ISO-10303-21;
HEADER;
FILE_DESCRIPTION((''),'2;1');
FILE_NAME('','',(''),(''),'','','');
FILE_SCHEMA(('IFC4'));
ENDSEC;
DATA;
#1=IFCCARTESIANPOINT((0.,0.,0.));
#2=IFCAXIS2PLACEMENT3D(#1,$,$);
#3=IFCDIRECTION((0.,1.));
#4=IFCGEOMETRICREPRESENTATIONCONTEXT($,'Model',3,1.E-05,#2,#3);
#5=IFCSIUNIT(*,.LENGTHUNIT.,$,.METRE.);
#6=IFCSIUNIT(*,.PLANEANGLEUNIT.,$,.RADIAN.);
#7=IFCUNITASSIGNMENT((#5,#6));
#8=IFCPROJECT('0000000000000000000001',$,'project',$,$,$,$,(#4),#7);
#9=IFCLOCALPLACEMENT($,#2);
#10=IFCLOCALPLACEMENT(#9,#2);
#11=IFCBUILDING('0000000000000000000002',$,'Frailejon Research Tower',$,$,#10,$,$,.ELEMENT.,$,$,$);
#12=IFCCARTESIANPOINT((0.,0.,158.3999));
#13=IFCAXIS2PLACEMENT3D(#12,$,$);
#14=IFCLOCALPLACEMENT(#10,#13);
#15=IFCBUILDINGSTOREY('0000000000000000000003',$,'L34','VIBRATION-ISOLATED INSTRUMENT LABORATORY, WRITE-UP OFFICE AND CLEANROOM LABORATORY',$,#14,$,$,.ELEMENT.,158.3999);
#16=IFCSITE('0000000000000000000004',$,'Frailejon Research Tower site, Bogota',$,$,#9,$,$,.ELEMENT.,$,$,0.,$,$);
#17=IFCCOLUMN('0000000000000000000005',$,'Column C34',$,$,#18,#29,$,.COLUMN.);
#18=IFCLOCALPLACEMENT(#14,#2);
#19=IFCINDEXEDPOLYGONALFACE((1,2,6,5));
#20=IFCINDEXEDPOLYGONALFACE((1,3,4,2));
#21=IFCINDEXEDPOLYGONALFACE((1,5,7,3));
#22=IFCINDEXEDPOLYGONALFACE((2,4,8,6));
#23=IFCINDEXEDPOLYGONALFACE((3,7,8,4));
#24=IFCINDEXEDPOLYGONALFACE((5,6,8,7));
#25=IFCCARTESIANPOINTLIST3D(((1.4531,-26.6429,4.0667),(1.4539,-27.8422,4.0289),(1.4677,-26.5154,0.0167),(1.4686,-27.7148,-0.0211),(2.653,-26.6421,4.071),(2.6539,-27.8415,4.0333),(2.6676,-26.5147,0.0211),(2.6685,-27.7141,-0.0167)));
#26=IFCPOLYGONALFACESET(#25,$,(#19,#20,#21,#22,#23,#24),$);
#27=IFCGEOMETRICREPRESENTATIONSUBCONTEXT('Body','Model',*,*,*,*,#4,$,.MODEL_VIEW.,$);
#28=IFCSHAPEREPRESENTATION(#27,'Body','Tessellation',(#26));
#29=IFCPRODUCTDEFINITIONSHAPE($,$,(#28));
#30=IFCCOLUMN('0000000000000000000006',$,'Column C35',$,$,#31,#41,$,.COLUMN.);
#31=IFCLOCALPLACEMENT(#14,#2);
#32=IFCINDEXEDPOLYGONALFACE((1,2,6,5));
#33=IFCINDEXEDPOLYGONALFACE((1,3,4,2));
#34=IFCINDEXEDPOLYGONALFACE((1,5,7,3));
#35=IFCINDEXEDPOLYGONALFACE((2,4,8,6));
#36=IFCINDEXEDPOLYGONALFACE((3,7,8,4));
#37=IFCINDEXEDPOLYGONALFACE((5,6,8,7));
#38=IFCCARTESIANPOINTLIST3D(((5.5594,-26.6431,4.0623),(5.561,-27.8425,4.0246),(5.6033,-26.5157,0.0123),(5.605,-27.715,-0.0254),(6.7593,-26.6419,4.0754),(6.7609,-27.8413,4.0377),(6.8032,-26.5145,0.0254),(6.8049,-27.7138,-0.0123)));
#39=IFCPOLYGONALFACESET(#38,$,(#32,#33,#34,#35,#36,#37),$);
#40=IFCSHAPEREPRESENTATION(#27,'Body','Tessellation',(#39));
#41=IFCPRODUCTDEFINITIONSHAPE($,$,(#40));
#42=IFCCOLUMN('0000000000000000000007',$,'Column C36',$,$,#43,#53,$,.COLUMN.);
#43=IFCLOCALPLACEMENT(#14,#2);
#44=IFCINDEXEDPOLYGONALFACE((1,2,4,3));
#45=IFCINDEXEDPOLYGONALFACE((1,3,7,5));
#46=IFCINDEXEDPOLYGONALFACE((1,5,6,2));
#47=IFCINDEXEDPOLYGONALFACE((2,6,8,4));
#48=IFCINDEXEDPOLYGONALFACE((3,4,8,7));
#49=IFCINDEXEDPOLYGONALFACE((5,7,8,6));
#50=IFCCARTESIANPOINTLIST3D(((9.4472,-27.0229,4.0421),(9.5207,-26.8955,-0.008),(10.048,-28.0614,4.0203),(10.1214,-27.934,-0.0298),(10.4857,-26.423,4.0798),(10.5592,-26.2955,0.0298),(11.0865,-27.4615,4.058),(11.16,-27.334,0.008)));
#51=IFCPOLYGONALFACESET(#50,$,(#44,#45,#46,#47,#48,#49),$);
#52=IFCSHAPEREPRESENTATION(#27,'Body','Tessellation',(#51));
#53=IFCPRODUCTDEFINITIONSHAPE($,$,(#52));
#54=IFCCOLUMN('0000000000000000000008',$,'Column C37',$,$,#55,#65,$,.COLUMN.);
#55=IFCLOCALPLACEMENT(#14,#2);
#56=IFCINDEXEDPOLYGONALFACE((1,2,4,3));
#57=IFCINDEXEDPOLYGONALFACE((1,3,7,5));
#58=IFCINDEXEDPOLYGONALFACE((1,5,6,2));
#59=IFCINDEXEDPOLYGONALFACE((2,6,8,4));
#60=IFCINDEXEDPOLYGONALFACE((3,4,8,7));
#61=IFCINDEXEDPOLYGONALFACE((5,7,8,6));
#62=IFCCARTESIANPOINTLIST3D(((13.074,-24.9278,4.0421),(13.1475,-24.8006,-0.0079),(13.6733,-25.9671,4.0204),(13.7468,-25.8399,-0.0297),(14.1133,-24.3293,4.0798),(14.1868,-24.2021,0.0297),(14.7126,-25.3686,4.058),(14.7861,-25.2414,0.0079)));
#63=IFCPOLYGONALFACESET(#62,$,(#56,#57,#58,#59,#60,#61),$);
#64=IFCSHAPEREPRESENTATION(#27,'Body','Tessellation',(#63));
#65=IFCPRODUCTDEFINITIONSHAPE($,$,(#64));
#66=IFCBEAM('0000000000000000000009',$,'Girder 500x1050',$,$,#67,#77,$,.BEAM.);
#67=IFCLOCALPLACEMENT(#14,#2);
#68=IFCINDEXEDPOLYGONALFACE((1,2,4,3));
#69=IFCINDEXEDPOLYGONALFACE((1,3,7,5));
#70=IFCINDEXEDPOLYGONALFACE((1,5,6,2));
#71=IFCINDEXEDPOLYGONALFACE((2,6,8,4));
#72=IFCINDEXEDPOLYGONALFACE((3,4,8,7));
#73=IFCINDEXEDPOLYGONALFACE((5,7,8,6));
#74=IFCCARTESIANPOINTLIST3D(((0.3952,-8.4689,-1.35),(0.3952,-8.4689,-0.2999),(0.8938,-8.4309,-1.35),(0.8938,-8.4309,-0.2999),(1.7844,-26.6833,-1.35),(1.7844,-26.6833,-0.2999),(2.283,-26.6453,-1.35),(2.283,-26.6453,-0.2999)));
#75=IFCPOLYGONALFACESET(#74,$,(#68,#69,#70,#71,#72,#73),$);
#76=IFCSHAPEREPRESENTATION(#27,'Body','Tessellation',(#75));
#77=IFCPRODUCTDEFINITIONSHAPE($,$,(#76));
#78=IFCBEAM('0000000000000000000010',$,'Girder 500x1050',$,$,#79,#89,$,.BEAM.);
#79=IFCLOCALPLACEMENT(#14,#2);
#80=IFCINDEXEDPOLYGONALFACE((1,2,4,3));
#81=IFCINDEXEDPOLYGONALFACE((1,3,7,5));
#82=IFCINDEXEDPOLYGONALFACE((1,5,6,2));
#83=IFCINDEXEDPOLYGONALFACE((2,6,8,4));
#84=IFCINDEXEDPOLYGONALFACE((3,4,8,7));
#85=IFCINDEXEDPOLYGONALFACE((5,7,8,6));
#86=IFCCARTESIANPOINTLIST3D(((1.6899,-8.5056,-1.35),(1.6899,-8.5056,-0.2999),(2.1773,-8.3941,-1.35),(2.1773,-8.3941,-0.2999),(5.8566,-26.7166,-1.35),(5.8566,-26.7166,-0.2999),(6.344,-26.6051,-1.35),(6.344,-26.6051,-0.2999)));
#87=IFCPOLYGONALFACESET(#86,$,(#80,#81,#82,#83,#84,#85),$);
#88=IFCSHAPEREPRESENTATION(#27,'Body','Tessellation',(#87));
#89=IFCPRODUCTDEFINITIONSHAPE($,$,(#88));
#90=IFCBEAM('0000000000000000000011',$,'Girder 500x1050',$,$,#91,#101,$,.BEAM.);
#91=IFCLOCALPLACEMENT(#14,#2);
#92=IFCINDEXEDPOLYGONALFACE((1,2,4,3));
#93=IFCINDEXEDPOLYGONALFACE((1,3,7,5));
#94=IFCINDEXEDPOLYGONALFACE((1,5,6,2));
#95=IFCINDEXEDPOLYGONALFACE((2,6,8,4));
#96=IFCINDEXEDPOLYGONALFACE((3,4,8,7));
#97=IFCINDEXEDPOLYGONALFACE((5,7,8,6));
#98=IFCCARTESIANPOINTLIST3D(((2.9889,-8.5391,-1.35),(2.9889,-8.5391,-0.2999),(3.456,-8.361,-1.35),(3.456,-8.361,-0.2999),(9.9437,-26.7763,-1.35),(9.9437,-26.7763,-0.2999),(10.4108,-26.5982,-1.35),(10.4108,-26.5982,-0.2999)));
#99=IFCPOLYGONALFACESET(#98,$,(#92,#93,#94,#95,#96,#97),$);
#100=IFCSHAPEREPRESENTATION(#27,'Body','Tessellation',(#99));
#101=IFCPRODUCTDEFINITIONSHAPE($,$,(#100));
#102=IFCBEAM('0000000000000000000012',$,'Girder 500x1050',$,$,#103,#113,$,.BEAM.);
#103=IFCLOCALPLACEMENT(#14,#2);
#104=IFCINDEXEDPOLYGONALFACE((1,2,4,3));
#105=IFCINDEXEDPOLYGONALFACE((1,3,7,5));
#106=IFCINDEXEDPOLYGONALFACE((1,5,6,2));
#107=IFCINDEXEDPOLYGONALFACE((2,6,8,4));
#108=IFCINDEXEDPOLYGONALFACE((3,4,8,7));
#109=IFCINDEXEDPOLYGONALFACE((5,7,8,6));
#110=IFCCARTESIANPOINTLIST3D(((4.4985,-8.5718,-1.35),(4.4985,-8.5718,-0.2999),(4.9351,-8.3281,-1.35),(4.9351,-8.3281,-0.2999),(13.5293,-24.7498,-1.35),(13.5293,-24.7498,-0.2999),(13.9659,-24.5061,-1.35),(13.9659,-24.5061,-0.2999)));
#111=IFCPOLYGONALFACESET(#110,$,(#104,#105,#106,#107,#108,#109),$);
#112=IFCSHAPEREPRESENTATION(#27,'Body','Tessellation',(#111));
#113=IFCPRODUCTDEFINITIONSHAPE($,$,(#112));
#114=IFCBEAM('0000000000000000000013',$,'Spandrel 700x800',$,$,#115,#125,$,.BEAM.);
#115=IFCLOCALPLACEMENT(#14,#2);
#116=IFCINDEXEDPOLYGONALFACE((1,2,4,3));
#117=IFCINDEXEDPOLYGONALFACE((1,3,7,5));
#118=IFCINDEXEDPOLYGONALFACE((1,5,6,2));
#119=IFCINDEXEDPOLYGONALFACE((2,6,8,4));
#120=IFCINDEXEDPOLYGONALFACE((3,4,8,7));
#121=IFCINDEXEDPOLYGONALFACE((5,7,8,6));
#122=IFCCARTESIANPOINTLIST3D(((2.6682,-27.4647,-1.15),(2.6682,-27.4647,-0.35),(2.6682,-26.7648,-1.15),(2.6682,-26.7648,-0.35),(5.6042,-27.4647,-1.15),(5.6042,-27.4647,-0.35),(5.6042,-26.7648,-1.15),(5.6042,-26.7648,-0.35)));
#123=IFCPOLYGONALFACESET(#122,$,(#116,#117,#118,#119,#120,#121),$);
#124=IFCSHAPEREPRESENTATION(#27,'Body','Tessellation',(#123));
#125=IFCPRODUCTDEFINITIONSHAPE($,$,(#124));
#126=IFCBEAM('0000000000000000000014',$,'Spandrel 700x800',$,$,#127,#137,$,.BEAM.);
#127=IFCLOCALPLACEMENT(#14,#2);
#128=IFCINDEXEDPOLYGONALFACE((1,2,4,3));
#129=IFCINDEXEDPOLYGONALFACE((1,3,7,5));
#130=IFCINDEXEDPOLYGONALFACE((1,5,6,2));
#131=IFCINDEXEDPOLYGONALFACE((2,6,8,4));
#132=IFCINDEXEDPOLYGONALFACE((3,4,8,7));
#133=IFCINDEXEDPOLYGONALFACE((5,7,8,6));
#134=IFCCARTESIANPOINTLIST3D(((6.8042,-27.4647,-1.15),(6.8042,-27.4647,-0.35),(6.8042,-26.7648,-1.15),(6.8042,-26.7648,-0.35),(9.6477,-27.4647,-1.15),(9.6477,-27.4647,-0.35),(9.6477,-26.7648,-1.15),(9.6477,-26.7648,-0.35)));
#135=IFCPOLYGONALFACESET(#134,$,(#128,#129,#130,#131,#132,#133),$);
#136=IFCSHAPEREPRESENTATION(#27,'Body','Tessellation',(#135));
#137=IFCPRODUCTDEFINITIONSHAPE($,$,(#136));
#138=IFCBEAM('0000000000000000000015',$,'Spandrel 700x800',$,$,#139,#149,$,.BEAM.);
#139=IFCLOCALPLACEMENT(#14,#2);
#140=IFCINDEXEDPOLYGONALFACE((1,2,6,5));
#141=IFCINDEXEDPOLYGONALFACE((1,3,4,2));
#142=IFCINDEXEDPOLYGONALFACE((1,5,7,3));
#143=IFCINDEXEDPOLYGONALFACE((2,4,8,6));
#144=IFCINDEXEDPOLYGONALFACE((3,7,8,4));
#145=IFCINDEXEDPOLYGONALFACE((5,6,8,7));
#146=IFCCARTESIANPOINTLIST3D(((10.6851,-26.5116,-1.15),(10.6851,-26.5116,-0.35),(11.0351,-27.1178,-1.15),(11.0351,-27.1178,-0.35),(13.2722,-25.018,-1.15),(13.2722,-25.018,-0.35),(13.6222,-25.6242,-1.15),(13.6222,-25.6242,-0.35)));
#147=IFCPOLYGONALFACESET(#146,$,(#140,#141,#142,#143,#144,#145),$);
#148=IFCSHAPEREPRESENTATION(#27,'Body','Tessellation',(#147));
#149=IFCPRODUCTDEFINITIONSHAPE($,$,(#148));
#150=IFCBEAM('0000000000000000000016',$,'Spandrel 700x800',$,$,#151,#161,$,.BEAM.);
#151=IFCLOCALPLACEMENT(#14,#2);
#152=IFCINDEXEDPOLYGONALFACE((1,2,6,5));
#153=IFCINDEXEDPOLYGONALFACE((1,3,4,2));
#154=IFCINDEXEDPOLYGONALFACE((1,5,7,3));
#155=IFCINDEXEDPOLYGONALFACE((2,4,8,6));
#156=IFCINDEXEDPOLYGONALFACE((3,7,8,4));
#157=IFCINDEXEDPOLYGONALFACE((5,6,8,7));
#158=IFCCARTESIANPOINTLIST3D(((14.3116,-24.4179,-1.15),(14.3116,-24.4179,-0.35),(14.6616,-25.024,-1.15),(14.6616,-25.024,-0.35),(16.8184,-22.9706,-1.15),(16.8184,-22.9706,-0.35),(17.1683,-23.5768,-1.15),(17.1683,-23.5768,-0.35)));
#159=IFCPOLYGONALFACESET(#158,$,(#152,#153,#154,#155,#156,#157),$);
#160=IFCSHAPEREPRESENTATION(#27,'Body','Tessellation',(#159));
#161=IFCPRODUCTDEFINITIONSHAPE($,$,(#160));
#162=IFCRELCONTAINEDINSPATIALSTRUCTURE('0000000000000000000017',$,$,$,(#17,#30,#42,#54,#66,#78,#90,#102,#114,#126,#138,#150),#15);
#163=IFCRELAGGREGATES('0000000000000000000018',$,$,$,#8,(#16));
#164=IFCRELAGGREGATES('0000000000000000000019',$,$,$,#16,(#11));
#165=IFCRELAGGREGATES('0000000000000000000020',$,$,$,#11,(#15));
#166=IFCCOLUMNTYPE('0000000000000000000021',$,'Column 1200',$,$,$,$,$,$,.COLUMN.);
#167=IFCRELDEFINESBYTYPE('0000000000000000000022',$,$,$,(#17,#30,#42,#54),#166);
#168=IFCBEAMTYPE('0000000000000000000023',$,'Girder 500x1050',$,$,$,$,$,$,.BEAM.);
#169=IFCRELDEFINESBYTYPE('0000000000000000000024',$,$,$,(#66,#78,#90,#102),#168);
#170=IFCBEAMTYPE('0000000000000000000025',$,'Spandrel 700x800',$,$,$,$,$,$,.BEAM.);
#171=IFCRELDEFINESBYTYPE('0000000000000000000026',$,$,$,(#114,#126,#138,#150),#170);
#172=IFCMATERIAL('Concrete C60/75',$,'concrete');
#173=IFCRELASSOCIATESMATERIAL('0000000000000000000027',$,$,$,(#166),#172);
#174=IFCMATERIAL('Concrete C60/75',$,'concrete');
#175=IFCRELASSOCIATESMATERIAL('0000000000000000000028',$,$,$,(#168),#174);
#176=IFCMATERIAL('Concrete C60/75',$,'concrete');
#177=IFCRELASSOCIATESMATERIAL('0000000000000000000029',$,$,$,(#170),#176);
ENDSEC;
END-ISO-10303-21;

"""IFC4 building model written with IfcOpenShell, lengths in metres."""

from ifc_helpers import new_model, si_unit, direction, frame, origin, origin_2d, place, context, subcontext, project, spatial, rectangle, extrude, material, material_profile, profile_set, type_object, element, save


model = new_model("IFC4")

# Units and contexts
model_context = context("Model", 3, precision=1e-05, world=origin(), true_north=direction((0.0, 1.0)))
body_context = subcontext(model_context, "Body", "Model", "MODEL_VIEW")
ifc_project = project(units=[si_unit("LENGTHUNIT", "METRE"), si_unit("PLANEANGLEUNIT", "RADIAN")], contexts=[model_context])

# Site, building, storey
site_placement = place(None, origin())
site = spatial("IfcSite", under=ifc_project, at=site_placement, Name="Frailejon Research Tower site, Bogota", CompositionType="ELEMENT", RefElevation=0.0)
building_placement = place(site_placement, origin())
building = spatial("IfcBuilding", under=site, at=building_placement, Name="Frailejon Research Tower", CompositionType="ELEMENT")
storey_placement = place(building_placement, frame((0.0, 0.0, 158.3999)))
storey = spatial("IfcBuildingStorey", under=building, at=storey_placement, Name="L34", Description="VIBRATION-ISOLATED INSTRUMENT LABORATORY, WRITE-UP OFFICE AND CLEANROOM LABORATORY", CompositionType="ELEMENT", Elevation=158.3999)

# Columns
ifc_material_1 = material(Name="Concrete C60/75", Category="concrete")
ifc_material_profile_1 = material_profile(ifc_material_1, rectangle(XDim=1.2, YDim=1.2, at=origin_2d()), Name="Column 1200")
ifc_profile_set_1 = profile_set([ifc_material_profile_1], Name="Concrete C60/75")
column_type = type_object("IfcColumnType", Name="Column 1200", PredefinedType="COLUMN", material=ifc_profile_set_1)
column_1_placement = place(storey_placement, frame((2.0681, -27.1147, 0.0), z_axis=(-0.003615, -0.031451, 0.999499), x_axis=(0.999993, 0.000624, 0.003636)))
element("IfcColumn", 1, at=column_1_placement, inside=storey, type_object=column_type, Name="Column C34", PredefinedType="COLUMN", context=body_context, shape_type="SweptSolid", body=[
    extrude(rectangle(XDim=1.2, YDim=1.2, at=origin_2d()), origin(), (0.0, 0.0, 1.0), 4.052),
])
column_2_placement = place(storey_placement, frame((6.2041, -27.1147, 0.0), z_axis=(-0.010845, -0.031449, 0.999447), x_axis=(0.99994, 0.001017, 0.010882)))
element("IfcColumn", 2, at=column_2_placement, inside=storey, type_object=column_type, Name="Column C35", PredefinedType="COLUMN", context=body_context, shape_type="SweptSolid", body=[
    extrude(rectangle(XDim=1.2, YDim=1.2, at=origin_2d()), origin(), (0.0, 0.0, 1.0), 4.0522),
])
for number, where, z_axis, x_axis, name in (
    (3, (10.3403, -27.1147, 0.0), (-0.018133, -0.031446, 0.999341), (0.865469, 0.499975, 0.031436), "Column C36"),
    (4, (13.9668, -25.021, 0.0), (-0.018133, -0.031386, 0.999343), (0.866156, 0.498787, 0.031381), "Column C37"),
):
    element("IfcColumn", number, at=place(storey_placement, frame(where, z_axis=z_axis, x_axis=x_axis)), inside=storey, type_object=column_type, Name=name, PredefinedType="COLUMN", context=body_context, shape_type="SweptSolid", body=[
        extrude(rectangle(XDim=1.2, YDim=1.2, at=origin_2d()), origin(), (0.0, 0.0, 1.0), 4.0527),
    ])

# Beams
ifc_material_2 = material(Name="Concrete C60/75", Category="concrete")
ifc_material_profile_2 = material_profile(ifc_material_2, rectangle(XDim=0.5, YDim=1.05, at=origin_2d()), Name="Girder 500x1050")
ifc_profile_set_2 = profile_set([ifc_material_profile_2], Name="Concrete C60/75")
beam_type_1 = type_object("IfcBeamType", Name="Girder 500x1050", PredefinedType="BEAM", material=ifc_profile_set_2)
beam_1_placement = place(storey_placement, frame((2.0337, -26.6643, -0.825), z_axis=(-0.076046, 0.997104, 0.0), x_axis=(-0.997104, -0.076046, 0.0)))
element("IfcBeam", 5, at=beam_1_placement, inside=storey, type_object=beam_type_1, Name="Girder 500x1050", PredefinedType="BEAM", context=body_context, shape_type="SweptSolid", body=[
    extrude(rectangle(XDim=0.5, YDim=1.05, at=origin_2d()), origin(), (0.0, 0.0, 1.0), 18.2673),
])
beam_2_placement = place(storey_placement, frame((6.1003, -26.6609, -0.825), z_axis=(-0.223041, 0.974809, 0.0), x_axis=(-0.974809, -0.223041, 0.0)))
element("IfcBeam", 6, at=beam_2_placement, inside=storey, type_object=beam_type_1, Name="Girder 500x1050", PredefinedType="BEAM", context=body_context, shape_type="SweptSolid", body=[
    extrude(rectangle(XDim=0.5, YDim=1.05, at=origin_2d()), origin(), (0.0, 0.0, 1.0), 18.6816),
])
beam_3_placement = place(storey_placement, frame((10.1772, -26.6873, -0.825), z_axis=(-0.356321, 0.934363, 0.0), x_axis=(-0.934363, -0.356321, 0.0)))
element("IfcBeam", 7, at=beam_3_placement, inside=storey, type_object=beam_type_1, Name="Girder 500x1050", PredefinedType="BEAM", context=body_context, shape_type="SweptSolid", body=[
    extrude(rectangle(XDim=0.5, YDim=1.05, at=origin_2d()), origin(), (0.0, 0.0, 1.0), 19.5183),
])
beam_4_placement = place(storey_placement, frame((13.7476, -24.6279, -0.825), z_axis=(-0.487415, 0.87317, 0.0), x_axis=(-0.87317, -0.487415, 0.0)))
element("IfcBeam", 8, at=beam_4_placement, inside=storey, type_object=beam_type_1, Name="Girder 500x1050", PredefinedType="BEAM", context=body_context, shape_type="SweptSolid", body=[
    extrude(rectangle(XDim=0.5, YDim=1.05, at=origin_2d()), origin(), (0.0, 0.0, 1.0), 18.5278),
])
ifc_material_3 = material(Name="Concrete C60/75", Category="concrete")
ifc_material_profile_3 = material_profile(ifc_material_3, rectangle(XDim=0.7, YDim=0.8, at=origin_2d()), Name="Spandrel 700x800")
ifc_profile_set_3 = profile_set([ifc_material_profile_3], Name="Concrete C60/75")
beam_type_2 = type_object("IfcBeamType", Name="Spandrel 700x800", PredefinedType="BEAM", material=ifc_profile_set_3)
beam_5_placement = place(storey_placement, frame((2.6682, -27.1147, -0.75), z_axis=(1.0, 0.0, 0.0), x_axis=(0.0, 1.0, 0.0)))
element("IfcBeam", 9, at=beam_5_placement, inside=storey, type_object=beam_type_2, Name="Spandrel 700x800", PredefinedType="BEAM", context=body_context, shape_type="SweptSolid", body=[
    extrude(rectangle(XDim=0.7, YDim=0.8, at=origin_2d()), origin(), (0.0, 0.0, 1.0), 2.936),
])
beam_6_placement = place(storey_placement, frame((6.8042, -27.1147, -0.75), z_axis=(1.0, 0.0, 0.0), x_axis=(0.0, 1.0, 0.0)))
element("IfcBeam", 10, at=beam_6_placement, inside=storey, type_object=beam_type_2, Name="Spandrel 700x800", PredefinedType="BEAM", context=body_context, shape_type="SweptSolid", body=[
    extrude(rectangle(XDim=0.7, YDim=0.8, at=origin_2d()), origin(), (0.0, 0.0, 1.0), 2.8435),
])
beam_7_placement = place(storey_placement, frame((10.8601, -26.8147, -0.75), z_axis=(0.866032, 0.499989, 0.0), x_axis=(-0.499989, 0.866032, 0.0)))
element("IfcBeam", 11, at=beam_7_placement, inside=storey, type_object=beam_type_2, Name="Spandrel 700x800", PredefinedType="BEAM", context=body_context, shape_type="SweptSolid", body=[
    extrude(rectangle(XDim=0.7, YDim=0.8, at=origin_2d()), origin(), (0.0, 0.0, 1.0), 2.9873),
])
beam_8_placement = place(storey_placement, frame((14.4866, -24.7209, -0.75), z_axis=(0.866034, 0.499985, 0.0), x_axis=(-0.499985, 0.866034, 0.0)))
element("IfcBeam", 12, at=beam_8_placement, inside=storey, type_object=beam_type_2, Name="Spandrel 700x800", PredefinedType="BEAM", context=body_context, shape_type="SweptSolid", body=[
    extrude(rectangle(XDim=0.7, YDim=0.8, at=origin_2d()), origin(), (0.0, 0.0, 1.0), 2.8945),
])

save(model, "model.ifc")
